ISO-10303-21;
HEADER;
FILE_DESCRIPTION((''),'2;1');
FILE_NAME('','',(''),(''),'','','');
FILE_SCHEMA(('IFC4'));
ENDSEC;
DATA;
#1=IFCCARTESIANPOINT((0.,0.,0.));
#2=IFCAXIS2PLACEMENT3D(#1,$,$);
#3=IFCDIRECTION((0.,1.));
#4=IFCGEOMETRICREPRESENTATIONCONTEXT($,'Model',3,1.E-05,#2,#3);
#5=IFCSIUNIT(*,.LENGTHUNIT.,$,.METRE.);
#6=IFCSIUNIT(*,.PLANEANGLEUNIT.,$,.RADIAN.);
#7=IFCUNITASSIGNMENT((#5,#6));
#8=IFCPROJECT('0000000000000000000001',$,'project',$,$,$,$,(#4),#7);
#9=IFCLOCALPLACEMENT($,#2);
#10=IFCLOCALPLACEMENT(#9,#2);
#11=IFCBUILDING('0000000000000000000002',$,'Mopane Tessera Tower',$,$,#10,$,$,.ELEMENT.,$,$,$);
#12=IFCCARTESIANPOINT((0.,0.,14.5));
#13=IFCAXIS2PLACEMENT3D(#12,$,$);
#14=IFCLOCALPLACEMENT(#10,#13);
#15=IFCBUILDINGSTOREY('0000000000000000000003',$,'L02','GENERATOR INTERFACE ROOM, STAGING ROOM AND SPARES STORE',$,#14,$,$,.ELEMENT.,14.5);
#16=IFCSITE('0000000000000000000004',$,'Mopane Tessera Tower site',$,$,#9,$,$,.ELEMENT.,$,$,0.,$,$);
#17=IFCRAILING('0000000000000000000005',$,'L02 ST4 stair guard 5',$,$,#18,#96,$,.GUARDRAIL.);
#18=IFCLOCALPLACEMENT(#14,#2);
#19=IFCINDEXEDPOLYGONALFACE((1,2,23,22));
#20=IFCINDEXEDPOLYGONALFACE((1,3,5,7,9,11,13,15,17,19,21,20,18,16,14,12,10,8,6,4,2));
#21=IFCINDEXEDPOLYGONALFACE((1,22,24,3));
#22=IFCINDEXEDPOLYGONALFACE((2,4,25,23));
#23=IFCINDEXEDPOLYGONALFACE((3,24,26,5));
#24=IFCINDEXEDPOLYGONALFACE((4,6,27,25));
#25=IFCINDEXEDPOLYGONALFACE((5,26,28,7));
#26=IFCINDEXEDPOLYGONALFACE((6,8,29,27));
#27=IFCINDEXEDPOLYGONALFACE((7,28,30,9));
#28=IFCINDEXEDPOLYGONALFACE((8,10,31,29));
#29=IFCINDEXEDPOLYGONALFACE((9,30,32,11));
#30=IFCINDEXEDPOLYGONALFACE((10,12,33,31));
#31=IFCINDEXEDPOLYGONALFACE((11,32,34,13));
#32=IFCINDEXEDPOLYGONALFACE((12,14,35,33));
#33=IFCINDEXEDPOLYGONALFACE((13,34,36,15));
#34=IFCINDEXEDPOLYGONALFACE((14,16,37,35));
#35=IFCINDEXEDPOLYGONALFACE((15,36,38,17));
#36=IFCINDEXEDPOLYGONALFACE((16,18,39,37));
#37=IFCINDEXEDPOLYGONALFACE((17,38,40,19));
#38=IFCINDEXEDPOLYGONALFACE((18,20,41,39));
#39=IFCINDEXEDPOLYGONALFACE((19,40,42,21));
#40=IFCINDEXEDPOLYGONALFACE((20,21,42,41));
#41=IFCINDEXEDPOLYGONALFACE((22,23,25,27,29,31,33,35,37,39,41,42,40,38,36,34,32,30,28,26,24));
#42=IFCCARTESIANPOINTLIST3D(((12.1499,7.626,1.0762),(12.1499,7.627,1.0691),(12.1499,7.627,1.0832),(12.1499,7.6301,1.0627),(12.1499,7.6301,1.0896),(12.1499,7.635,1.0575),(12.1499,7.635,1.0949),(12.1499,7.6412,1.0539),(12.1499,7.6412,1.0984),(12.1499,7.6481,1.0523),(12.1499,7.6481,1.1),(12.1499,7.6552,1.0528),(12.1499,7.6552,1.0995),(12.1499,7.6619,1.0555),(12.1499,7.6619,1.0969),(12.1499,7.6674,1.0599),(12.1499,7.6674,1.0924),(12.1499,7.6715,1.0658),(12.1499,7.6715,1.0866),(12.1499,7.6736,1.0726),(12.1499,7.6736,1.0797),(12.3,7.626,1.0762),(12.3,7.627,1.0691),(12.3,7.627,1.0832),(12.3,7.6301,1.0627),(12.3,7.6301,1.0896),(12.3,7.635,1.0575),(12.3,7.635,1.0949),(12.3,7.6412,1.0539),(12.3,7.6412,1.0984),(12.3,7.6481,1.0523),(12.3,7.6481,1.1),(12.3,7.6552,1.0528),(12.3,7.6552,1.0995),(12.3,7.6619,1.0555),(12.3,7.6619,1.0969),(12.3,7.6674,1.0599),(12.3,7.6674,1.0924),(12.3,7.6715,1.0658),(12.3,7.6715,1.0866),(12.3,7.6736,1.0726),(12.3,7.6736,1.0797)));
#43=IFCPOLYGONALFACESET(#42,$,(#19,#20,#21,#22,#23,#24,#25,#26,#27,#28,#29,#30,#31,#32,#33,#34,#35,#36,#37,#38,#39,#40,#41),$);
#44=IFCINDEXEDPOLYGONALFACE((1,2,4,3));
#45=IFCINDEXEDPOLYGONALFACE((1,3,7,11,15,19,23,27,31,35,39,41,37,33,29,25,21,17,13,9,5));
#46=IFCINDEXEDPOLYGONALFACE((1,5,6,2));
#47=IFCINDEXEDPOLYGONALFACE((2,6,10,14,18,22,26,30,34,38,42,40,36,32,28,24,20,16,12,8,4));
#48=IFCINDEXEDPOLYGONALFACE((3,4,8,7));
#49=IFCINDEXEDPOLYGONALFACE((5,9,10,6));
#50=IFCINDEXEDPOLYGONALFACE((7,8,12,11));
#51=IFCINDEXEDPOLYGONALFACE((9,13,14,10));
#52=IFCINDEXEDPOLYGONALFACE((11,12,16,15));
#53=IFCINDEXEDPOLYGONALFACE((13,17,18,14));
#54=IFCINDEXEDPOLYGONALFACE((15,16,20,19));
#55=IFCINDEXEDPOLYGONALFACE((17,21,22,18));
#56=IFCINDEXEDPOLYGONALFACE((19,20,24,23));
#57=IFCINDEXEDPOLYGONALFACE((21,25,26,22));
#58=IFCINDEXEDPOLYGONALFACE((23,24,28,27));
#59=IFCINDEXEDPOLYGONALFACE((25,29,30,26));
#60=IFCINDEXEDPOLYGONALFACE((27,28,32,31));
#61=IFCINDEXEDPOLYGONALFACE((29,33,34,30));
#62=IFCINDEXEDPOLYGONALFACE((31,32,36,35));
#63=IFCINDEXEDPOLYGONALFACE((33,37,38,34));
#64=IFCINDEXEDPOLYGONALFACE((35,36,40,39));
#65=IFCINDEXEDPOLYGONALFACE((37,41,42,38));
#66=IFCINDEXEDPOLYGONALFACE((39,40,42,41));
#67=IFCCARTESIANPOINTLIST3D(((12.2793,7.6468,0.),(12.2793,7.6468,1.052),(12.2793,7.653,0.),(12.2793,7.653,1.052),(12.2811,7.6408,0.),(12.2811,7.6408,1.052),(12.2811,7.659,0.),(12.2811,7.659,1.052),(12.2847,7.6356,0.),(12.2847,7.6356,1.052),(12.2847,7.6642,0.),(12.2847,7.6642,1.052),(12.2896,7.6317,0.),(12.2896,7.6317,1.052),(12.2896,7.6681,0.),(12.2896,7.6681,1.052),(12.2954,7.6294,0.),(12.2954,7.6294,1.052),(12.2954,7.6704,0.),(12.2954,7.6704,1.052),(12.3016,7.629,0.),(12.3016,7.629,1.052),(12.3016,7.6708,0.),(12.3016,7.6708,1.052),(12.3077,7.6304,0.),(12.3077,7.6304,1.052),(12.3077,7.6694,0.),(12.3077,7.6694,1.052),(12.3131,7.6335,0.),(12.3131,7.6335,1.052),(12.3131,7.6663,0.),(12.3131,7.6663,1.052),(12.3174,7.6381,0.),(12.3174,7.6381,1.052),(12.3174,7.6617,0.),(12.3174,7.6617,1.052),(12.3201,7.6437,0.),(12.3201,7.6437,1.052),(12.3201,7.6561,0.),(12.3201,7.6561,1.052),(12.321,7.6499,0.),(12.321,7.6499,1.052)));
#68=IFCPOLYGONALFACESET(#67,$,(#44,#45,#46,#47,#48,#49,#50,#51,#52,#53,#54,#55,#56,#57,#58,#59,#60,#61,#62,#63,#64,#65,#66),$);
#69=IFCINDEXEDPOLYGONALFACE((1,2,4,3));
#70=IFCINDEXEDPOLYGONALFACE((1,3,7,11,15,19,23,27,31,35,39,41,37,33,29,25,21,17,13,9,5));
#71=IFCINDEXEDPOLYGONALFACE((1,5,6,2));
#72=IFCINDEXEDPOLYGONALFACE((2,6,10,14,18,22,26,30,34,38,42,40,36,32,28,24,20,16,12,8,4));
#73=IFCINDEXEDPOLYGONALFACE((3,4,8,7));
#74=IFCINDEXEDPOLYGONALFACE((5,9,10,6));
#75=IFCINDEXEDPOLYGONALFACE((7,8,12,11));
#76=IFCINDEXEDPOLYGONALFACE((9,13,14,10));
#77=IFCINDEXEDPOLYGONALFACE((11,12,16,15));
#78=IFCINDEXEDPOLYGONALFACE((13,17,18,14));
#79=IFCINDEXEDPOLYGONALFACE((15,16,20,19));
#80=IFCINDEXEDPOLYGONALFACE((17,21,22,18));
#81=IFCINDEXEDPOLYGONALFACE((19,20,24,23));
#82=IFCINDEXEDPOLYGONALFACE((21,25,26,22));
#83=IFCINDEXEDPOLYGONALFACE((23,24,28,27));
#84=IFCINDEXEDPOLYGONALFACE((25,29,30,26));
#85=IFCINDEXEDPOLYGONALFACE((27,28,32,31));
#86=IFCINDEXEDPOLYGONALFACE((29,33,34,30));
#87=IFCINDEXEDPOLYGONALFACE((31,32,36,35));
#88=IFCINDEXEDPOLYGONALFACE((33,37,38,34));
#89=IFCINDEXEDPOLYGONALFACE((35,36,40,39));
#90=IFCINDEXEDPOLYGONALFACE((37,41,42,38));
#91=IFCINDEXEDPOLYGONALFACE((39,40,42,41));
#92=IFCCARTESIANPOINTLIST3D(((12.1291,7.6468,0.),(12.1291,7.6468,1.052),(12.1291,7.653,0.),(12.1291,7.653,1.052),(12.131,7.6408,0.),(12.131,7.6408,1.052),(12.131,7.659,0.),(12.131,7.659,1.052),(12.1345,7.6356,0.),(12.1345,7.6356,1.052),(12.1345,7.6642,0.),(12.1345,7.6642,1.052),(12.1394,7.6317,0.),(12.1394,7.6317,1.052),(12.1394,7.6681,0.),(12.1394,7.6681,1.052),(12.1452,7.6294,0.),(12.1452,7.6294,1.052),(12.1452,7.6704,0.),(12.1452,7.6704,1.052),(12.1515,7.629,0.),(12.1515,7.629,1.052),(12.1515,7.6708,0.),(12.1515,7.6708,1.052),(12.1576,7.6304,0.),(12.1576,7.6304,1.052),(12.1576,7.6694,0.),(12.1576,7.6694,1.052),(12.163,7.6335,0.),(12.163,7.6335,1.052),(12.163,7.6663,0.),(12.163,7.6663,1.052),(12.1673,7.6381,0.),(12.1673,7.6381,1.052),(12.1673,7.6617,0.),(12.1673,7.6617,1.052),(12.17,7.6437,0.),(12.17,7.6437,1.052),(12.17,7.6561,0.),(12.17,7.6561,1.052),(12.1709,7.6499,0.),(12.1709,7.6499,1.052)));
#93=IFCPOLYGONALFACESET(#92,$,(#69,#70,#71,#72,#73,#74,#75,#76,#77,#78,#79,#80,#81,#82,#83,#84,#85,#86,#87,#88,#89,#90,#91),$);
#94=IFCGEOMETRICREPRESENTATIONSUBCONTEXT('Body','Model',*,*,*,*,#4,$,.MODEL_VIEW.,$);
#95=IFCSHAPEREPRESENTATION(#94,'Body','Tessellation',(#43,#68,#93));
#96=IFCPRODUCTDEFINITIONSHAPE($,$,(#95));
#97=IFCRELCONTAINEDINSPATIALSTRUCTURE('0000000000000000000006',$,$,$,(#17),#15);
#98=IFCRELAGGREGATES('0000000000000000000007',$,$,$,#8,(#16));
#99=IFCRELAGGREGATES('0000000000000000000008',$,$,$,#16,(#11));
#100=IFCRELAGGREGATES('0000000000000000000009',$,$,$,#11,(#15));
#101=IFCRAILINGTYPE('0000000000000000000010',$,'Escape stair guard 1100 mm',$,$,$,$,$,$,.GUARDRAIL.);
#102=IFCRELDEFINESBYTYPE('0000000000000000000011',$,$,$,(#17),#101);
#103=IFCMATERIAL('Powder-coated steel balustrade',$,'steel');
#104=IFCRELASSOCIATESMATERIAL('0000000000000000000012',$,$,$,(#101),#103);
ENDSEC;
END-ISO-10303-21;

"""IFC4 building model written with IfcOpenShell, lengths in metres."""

from ifc_helpers import new_model, si_unit, direction, frame, origin, origin_2d, place, context, subcontext, project, spatial, circle, extrude, material, type_object, element, save


model = new_model("IFC4")

# Units and contexts
model_context = context("Model", 3, precision=1e-05, world=origin(), true_north=direction((0.0, 1.0)))
body_context = subcontext(model_context, "Body", "Model", "MODEL_VIEW")
ifc_project = project(units=[si_unit("LENGTHUNIT", "METRE"), si_unit("PLANEANGLEUNIT", "RADIAN")], contexts=[model_context])

# Site, building, storey
site_placement = place(None, origin())
site = spatial("IfcSite", under=ifc_project, at=site_placement, Name="Mopane Tessera Tower site", CompositionType="ELEMENT", RefElevation=0.0)
building_placement = place(site_placement, origin())
building = spatial("IfcBuilding", under=site, at=building_placement, Name="Mopane Tessera Tower", CompositionType="ELEMENT")
storey_placement = place(building_placement, frame((0.0, 0.0, 14.5)))
storey = spatial("IfcBuildingStorey", under=building, at=storey_placement, Name="L02", Description="GENERATOR INTERFACE ROOM, STAGING ROOM AND SPARES STORE", CompositionType="ELEMENT", Elevation=14.5)

# Railing
ifc_material_1 = material(Name="Powder-coated steel balustrade", Category="steel")
railing_type_1 = type_object("IfcRailingType", Name="Escape stair guard 1100 mm", PredefinedType="GUARDRAIL", material=ifc_material_1)
railing_1_placement = place(storey_placement, frame((12.3, 7.6499, 0.0)))
element("IfcRailing", 1, at=railing_1_placement, inside=storey, type_object=railing_type_1, Name="L02 ST4 stair guard 5", PredefinedType="GUARDRAIL", context=body_context, shape_type="SweptSolid", body=[
    extrude(circle(Radius=0.0239, at=origin_2d()), frame((0.0, 0.0, 1.0762), z_axis=(-1.0, 0.0, 0.0), x_axis=(0.0, -1.0, 0.0)), (0.0, 0.0, 1.0), 0.1501),
    extrude(circle(Radius=0.021, at=origin_2d()), origin(), (0.0, 0.0, 1.0), 1.052),
    extrude(circle(Radius=0.021, at=origin_2d()), frame((-0.1501, 0.0, 0.0)), (0.0, 0.0, 1.0), 1.052),
])

save(model, "model.ifc")
